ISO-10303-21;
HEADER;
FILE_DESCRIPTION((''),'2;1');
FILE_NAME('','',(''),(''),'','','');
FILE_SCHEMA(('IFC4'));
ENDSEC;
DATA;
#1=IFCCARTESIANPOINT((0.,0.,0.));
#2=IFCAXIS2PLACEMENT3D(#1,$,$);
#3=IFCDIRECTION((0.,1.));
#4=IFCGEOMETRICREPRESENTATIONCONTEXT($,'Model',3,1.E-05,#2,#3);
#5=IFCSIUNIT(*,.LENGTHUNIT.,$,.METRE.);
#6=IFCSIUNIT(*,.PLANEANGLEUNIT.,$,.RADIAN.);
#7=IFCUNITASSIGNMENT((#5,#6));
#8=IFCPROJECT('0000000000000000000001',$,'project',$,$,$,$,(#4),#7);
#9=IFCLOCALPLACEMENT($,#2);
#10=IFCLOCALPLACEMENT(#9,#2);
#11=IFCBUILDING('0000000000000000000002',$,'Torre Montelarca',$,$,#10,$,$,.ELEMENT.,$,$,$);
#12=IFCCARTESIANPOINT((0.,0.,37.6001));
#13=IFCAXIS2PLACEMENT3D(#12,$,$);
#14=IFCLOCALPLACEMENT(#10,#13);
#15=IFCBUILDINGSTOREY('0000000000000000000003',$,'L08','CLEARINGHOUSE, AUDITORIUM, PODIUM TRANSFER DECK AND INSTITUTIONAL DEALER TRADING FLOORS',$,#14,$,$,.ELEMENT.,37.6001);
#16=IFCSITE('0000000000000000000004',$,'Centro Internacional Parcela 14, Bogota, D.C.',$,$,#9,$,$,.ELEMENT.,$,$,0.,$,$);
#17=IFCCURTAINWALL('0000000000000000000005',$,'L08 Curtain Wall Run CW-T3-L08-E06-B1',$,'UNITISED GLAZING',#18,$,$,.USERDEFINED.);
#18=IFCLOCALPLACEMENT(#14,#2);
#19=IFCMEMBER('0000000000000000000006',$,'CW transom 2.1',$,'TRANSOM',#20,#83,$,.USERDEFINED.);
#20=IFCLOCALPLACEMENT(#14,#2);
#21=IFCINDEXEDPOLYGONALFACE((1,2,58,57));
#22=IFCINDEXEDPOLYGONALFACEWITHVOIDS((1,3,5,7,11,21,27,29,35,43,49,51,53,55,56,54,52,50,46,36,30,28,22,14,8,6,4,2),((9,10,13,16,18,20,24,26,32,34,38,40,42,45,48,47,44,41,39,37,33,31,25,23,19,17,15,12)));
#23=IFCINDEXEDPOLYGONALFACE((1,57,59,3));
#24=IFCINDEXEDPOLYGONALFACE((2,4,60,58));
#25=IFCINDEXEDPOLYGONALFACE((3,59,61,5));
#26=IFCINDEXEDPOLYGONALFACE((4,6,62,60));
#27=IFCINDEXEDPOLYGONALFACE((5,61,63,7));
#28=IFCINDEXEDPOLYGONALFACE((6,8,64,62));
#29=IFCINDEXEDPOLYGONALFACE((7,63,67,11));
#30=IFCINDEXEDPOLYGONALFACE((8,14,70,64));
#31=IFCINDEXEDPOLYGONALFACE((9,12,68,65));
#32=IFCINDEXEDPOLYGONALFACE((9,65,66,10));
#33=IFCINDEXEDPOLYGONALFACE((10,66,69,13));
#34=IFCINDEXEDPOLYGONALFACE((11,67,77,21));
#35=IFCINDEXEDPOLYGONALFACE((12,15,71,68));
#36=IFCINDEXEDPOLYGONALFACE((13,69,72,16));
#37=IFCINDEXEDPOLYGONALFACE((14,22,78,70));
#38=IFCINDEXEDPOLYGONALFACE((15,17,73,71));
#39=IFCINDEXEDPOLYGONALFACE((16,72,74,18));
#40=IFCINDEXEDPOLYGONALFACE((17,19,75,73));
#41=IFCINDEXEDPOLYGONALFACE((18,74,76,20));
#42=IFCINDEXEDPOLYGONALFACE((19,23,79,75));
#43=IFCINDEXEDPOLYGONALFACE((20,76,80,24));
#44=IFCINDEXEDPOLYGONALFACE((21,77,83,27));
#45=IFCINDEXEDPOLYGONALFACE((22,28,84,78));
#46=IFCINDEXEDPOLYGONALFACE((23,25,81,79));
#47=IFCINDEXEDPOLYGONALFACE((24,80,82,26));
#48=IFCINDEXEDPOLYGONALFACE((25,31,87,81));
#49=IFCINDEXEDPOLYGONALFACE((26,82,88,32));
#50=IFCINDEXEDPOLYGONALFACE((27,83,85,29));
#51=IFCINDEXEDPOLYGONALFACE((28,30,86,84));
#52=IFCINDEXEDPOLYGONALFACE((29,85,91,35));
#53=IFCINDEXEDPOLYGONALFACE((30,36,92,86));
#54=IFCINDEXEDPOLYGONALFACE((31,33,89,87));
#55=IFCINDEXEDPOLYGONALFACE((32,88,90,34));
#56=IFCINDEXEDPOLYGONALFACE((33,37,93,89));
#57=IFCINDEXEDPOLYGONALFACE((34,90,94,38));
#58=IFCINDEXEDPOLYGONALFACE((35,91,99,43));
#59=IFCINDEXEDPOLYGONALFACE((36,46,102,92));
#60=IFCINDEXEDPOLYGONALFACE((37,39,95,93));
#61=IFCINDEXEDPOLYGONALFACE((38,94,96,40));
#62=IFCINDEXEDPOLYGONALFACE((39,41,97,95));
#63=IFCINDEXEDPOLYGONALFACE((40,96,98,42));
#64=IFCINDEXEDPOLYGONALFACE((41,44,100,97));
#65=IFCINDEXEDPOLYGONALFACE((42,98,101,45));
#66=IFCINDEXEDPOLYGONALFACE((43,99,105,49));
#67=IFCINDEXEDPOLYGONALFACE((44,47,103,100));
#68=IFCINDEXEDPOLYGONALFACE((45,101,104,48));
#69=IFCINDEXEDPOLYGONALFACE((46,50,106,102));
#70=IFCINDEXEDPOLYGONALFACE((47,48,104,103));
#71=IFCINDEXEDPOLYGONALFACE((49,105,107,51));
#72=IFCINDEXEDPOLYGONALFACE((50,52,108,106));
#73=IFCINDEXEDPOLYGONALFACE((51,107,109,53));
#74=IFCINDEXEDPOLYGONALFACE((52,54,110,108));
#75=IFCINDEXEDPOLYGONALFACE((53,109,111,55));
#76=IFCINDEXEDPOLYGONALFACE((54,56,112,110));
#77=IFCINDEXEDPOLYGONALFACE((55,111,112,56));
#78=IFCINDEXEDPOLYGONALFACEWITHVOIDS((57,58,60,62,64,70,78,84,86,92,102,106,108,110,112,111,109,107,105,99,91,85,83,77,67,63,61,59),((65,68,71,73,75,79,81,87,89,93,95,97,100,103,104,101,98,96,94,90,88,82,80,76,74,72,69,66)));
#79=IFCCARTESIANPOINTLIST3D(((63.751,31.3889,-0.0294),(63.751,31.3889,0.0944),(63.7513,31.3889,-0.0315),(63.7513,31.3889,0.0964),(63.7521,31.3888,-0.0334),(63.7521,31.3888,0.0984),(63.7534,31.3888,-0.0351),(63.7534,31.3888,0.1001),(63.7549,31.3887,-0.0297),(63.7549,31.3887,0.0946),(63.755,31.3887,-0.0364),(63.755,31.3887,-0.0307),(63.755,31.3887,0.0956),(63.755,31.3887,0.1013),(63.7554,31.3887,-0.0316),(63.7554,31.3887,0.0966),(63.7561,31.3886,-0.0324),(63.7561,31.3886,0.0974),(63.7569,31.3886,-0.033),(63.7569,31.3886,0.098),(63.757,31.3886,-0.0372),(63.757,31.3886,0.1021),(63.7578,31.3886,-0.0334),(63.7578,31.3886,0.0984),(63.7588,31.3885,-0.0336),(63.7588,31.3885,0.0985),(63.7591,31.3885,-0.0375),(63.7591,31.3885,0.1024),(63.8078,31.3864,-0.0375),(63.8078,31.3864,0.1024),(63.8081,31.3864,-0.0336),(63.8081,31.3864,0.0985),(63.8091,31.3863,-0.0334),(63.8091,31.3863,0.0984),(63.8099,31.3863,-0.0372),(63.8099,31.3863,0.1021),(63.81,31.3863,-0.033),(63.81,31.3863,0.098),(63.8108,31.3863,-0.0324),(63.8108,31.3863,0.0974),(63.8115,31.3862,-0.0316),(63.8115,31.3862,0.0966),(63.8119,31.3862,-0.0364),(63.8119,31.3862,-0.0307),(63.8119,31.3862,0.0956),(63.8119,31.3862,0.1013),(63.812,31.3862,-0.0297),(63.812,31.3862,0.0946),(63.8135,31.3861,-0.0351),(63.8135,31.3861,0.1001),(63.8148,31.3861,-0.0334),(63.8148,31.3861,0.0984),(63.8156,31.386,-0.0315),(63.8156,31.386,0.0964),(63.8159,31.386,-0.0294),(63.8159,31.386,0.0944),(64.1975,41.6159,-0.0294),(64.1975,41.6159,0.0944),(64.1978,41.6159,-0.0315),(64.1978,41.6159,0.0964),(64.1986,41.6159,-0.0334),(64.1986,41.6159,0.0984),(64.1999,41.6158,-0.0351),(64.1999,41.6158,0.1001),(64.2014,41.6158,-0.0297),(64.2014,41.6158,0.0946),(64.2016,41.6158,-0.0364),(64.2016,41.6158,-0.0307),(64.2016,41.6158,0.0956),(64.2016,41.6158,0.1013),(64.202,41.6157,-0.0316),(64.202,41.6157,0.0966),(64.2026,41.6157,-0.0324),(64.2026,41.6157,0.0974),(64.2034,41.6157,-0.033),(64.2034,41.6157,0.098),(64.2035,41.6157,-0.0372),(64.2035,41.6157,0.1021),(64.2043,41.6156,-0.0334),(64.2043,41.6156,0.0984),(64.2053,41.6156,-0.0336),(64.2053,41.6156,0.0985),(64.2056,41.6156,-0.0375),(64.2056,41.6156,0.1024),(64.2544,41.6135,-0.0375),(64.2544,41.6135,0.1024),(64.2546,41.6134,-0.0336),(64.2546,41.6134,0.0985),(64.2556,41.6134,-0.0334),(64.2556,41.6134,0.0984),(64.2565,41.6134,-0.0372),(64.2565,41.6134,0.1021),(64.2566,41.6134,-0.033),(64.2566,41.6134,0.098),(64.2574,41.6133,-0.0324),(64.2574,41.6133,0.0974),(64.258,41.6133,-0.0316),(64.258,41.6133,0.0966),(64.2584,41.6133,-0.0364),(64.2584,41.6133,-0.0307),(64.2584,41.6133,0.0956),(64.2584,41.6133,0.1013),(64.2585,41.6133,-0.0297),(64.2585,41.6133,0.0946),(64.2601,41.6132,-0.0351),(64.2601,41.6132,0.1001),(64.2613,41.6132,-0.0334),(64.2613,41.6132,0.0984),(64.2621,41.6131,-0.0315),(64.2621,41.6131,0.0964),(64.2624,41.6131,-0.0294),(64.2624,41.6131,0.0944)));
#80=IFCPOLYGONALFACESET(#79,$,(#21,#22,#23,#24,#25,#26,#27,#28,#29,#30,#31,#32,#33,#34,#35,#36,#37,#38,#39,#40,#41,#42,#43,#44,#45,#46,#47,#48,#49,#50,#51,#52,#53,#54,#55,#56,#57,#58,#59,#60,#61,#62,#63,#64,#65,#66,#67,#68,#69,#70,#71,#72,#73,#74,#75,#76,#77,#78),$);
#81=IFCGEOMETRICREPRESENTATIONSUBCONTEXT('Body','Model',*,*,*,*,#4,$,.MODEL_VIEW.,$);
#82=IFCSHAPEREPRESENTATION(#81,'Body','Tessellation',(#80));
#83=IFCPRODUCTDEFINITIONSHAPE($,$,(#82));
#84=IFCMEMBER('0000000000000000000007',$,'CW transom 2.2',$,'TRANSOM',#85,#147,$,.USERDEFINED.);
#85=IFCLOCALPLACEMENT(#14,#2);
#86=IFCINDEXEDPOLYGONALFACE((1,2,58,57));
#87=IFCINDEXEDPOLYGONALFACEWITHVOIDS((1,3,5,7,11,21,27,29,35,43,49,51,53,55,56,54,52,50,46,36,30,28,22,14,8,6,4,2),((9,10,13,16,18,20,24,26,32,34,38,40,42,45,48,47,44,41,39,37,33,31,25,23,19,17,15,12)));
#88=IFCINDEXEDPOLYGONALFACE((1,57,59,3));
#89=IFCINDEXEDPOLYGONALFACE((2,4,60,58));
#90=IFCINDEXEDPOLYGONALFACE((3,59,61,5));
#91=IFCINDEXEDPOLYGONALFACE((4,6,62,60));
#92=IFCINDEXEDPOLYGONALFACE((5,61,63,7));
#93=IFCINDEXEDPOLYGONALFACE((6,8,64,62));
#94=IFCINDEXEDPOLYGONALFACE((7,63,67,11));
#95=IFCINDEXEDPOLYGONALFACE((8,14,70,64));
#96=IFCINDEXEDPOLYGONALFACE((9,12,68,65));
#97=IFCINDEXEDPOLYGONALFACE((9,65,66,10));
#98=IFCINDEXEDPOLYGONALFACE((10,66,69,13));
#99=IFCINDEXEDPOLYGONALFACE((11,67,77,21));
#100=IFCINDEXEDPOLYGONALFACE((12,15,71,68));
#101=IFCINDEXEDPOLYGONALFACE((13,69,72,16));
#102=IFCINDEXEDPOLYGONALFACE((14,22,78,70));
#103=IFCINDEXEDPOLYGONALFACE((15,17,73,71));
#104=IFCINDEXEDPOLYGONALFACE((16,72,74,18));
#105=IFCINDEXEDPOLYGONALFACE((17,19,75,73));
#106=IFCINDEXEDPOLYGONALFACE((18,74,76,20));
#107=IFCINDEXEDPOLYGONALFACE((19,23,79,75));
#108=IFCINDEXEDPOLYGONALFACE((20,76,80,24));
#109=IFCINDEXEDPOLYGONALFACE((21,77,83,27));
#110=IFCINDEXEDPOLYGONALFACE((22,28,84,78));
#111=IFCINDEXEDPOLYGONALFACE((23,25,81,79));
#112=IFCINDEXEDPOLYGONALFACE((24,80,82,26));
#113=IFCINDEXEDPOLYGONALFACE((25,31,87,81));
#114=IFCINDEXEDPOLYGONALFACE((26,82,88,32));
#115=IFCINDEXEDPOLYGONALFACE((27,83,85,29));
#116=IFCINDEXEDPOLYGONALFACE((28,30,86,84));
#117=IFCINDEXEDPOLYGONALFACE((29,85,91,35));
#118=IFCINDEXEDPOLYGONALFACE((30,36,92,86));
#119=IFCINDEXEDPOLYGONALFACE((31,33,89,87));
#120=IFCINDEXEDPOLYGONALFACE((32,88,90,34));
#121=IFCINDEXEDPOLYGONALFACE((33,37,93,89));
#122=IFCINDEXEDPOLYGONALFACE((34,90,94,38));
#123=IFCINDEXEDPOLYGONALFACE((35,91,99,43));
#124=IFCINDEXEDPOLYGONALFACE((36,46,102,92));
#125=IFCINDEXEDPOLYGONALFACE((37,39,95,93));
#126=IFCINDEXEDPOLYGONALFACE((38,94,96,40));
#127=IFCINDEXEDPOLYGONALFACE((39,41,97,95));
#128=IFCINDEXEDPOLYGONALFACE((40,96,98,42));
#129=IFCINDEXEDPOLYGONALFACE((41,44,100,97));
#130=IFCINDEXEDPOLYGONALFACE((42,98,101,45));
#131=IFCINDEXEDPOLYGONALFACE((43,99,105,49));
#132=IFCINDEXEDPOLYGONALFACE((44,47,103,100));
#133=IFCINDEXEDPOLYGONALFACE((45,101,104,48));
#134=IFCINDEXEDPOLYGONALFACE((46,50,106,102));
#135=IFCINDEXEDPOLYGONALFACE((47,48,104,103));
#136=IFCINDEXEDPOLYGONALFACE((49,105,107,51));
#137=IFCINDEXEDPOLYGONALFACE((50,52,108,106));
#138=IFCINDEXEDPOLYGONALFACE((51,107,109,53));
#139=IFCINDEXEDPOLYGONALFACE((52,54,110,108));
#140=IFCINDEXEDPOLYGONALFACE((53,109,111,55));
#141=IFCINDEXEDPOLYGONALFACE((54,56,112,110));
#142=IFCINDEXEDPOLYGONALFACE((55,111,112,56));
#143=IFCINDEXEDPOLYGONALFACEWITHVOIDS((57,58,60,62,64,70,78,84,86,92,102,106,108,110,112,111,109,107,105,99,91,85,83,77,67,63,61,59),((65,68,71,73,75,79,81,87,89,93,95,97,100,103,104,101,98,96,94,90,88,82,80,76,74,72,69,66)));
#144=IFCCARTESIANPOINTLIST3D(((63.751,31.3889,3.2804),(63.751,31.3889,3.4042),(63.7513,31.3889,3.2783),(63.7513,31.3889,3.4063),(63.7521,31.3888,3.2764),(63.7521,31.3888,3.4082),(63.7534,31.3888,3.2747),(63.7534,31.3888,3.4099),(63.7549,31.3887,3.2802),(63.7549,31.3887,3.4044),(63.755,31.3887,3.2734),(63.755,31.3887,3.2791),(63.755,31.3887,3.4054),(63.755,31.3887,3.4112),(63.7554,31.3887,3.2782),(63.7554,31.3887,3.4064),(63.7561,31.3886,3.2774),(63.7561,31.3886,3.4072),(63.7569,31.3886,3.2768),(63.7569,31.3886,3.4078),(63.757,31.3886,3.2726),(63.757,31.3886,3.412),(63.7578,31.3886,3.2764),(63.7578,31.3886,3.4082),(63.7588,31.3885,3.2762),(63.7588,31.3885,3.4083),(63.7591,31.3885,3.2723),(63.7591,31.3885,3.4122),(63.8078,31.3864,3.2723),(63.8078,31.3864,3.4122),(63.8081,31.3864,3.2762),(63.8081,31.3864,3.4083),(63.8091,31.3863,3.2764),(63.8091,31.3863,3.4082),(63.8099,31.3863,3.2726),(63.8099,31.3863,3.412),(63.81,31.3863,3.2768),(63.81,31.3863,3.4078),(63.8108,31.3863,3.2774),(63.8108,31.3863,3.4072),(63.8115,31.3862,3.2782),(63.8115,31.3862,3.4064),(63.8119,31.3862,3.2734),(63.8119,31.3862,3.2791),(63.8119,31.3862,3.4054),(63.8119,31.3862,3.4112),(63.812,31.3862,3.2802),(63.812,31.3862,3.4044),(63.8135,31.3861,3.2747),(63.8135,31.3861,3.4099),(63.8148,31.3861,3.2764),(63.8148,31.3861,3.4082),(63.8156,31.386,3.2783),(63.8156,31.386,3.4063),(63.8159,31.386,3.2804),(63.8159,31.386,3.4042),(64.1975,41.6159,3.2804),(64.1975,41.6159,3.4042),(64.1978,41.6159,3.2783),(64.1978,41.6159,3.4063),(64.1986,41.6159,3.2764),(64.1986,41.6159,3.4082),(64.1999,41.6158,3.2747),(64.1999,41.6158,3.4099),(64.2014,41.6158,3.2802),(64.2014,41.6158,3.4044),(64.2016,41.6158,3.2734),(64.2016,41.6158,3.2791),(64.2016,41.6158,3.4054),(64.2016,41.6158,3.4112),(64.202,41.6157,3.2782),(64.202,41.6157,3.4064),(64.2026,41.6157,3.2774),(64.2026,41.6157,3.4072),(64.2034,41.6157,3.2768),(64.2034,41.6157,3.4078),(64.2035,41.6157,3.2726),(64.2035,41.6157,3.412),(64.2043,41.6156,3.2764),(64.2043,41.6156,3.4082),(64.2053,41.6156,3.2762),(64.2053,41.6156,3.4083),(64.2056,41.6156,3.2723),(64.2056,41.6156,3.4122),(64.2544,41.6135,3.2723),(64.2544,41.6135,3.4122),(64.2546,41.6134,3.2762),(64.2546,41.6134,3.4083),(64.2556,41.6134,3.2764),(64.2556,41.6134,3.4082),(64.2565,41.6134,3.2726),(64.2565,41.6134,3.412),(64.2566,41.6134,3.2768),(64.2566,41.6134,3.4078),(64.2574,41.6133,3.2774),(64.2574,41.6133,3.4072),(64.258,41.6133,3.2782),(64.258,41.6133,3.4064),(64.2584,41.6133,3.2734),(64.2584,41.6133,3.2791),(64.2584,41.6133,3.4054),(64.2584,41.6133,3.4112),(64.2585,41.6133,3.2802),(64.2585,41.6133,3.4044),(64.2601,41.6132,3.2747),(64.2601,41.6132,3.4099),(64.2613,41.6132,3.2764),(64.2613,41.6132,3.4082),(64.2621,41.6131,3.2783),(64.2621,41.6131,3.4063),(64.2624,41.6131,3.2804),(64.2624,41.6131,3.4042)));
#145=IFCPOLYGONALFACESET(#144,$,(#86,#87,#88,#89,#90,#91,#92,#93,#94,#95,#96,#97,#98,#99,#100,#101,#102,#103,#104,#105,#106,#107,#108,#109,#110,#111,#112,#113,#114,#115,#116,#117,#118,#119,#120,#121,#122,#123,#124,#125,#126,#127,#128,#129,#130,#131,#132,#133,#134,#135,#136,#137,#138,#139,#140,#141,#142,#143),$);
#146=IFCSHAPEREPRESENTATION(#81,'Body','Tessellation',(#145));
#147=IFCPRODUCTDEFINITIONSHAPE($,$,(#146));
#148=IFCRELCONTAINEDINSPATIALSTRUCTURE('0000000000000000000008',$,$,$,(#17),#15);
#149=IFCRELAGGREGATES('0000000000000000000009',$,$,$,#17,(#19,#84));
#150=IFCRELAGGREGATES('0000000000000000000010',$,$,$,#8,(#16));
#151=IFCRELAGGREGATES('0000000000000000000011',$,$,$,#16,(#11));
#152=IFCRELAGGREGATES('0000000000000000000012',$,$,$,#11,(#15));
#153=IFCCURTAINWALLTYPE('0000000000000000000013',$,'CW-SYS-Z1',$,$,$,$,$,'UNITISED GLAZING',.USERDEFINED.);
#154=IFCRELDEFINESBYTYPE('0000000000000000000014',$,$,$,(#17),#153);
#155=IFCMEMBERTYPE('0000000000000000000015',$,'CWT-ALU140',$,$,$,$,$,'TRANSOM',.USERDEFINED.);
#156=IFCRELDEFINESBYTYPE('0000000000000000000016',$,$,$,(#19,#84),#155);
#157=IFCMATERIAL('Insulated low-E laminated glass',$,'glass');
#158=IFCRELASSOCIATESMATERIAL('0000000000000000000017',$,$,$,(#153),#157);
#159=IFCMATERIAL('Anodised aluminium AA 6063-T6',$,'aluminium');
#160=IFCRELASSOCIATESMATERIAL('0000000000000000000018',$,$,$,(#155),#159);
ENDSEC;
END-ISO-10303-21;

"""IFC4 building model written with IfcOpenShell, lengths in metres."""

from ifc_helpers import new_model, si_unit, direction, frame, origin, origin_2d, place, context, subcontext, project, spatial, hollow_rectangle, extrude, source, transform, mapped, material, material_profile, profile_set, type_object, element, aggregate, save


model = new_model("IFC4")

# Units and contexts
model_context = context("Model", 3, precision=1e-05, world=origin(), true_north=direction((0.0, 1.0)))
body_context = subcontext(model_context, "Body", "Model", "MODEL_VIEW")
ifc_project = project(units=[si_unit("LENGTHUNIT", "METRE"), si_unit("PLANEANGLEUNIT", "RADIAN")], contexts=[model_context])

# Site, building, storey
site_placement = place(None, origin())
site = spatial("IfcSite", under=ifc_project, at=site_placement, Name="Centro Internacional Parcela 14, Bogota, D.C.", CompositionType="ELEMENT", RefElevation=0.0)
building_placement = place(site_placement, origin())
building = spatial("IfcBuilding", under=site, at=building_placement, Name="Torre Montelarca", CompositionType="ELEMENT")
storey_placement = place(building_placement, frame((0.0, 0.0, 37.6001)))
storey = spatial("IfcBuildingStorey", under=building, at=storey_placement, Name="L08", Description="CLEARINGHOUSE, AUDITORIUM, PODIUM TRANSFER DECK AND INSTITUTIONAL DEALER TRADING FLOORS", CompositionType="ELEMENT", Elevation=37.6001)

# Curtain wall, members
ifc_material_1 = material(Name="Insulated low-E laminated glass", Category="glass")
curtain_wall_type = type_object("IfcCurtainWallType", Name="CW-SYS-Z1", ElementType="UNITISED GLAZING", PredefinedType="USERDEFINED", material=ifc_material_1)
ifc_material_2 = material(Name="Anodised aluminium AA 6063-T6", Category="aluminium")
ifc_material_profile_1 = material_profile(ifc_material_2, hollow_rectangle(XDim=0.0649, YDim=0.1399, WallThickness=0.0039, InnerFilletRadius=0.0039, OuterFilletRadius=0.0081, at=origin_2d()), Name="ALU65X140X4", Category="aluminium")
ifc_profile_set_1 = profile_set([ifc_material_profile_1], Name="Anodised aluminium AA 6063-T6")
member_type_1 = type_object("IfcMemberType", Name="CWT-ALU140", ElementType="TRANSOM", PredefinedType="USERDEFINED", material=ifc_profile_set_1)
curtain_wall_1_placement = place(storey_placement, origin())
curtain_wall_1 = element("IfcCurtainWall", 1, at=curtain_wall_1_placement, inside=storey, type_object=curtain_wall_type, Name="L08 Curtain Wall Run CW-T3-L08-E06-B1", ObjectType="UNITISED GLAZING", PredefinedType="USERDEFINED")
shared_shape_1 = source(origin(), body_context, "Body", "SweptSolid", [
    extrude(hollow_rectangle(XDim=0.0649, YDim=0.1399, WallThickness=0.0039, InnerFilletRadius=0.0039, OuterFilletRadius=0.0081, at=origin_2d()), origin(), (0.0, 0.0, 1.0), 10.2368),
])
member_1_placement = place(storey_placement, frame((63.7834, 31.3875, 0.0325), z_axis=(0.04362, 0.999048, 0.0), x_axis=(-0.999048, 0.04362, 0.0)))
member_1 = element("IfcMember", 2, at=member_1_placement, type_object=member_type_1, Name="CW transom 2.1", ObjectType="TRANSOM", PredefinedType="USERDEFINED", context=body_context, shape_type="MappedRepresentation", body=[
    mapped(shared_shape_1, transform((0.0, 0.0, 0.0), scale=1.0)),
])
member_2_placement = place(storey_placement, frame((63.7834, 31.3875, 3.3423), z_axis=(0.04362, 0.999048, 0.0), x_axis=(-0.999048, 0.04362, 0.0)))
member_2 = element("IfcMember", 3, at=member_2_placement, type_object=member_type_1, Name="CW transom 2.2", ObjectType="TRANSOM", PredefinedType="USERDEFINED", context=body_context, shape_type="MappedRepresentation", body=[
    mapped(shared_shape_1, transform((0.0, 0.0, 0.0), scale=1.0)),
])

aggregate(curtain_wall_1, [member_1, member_2])

save(model, "model.ifc")
